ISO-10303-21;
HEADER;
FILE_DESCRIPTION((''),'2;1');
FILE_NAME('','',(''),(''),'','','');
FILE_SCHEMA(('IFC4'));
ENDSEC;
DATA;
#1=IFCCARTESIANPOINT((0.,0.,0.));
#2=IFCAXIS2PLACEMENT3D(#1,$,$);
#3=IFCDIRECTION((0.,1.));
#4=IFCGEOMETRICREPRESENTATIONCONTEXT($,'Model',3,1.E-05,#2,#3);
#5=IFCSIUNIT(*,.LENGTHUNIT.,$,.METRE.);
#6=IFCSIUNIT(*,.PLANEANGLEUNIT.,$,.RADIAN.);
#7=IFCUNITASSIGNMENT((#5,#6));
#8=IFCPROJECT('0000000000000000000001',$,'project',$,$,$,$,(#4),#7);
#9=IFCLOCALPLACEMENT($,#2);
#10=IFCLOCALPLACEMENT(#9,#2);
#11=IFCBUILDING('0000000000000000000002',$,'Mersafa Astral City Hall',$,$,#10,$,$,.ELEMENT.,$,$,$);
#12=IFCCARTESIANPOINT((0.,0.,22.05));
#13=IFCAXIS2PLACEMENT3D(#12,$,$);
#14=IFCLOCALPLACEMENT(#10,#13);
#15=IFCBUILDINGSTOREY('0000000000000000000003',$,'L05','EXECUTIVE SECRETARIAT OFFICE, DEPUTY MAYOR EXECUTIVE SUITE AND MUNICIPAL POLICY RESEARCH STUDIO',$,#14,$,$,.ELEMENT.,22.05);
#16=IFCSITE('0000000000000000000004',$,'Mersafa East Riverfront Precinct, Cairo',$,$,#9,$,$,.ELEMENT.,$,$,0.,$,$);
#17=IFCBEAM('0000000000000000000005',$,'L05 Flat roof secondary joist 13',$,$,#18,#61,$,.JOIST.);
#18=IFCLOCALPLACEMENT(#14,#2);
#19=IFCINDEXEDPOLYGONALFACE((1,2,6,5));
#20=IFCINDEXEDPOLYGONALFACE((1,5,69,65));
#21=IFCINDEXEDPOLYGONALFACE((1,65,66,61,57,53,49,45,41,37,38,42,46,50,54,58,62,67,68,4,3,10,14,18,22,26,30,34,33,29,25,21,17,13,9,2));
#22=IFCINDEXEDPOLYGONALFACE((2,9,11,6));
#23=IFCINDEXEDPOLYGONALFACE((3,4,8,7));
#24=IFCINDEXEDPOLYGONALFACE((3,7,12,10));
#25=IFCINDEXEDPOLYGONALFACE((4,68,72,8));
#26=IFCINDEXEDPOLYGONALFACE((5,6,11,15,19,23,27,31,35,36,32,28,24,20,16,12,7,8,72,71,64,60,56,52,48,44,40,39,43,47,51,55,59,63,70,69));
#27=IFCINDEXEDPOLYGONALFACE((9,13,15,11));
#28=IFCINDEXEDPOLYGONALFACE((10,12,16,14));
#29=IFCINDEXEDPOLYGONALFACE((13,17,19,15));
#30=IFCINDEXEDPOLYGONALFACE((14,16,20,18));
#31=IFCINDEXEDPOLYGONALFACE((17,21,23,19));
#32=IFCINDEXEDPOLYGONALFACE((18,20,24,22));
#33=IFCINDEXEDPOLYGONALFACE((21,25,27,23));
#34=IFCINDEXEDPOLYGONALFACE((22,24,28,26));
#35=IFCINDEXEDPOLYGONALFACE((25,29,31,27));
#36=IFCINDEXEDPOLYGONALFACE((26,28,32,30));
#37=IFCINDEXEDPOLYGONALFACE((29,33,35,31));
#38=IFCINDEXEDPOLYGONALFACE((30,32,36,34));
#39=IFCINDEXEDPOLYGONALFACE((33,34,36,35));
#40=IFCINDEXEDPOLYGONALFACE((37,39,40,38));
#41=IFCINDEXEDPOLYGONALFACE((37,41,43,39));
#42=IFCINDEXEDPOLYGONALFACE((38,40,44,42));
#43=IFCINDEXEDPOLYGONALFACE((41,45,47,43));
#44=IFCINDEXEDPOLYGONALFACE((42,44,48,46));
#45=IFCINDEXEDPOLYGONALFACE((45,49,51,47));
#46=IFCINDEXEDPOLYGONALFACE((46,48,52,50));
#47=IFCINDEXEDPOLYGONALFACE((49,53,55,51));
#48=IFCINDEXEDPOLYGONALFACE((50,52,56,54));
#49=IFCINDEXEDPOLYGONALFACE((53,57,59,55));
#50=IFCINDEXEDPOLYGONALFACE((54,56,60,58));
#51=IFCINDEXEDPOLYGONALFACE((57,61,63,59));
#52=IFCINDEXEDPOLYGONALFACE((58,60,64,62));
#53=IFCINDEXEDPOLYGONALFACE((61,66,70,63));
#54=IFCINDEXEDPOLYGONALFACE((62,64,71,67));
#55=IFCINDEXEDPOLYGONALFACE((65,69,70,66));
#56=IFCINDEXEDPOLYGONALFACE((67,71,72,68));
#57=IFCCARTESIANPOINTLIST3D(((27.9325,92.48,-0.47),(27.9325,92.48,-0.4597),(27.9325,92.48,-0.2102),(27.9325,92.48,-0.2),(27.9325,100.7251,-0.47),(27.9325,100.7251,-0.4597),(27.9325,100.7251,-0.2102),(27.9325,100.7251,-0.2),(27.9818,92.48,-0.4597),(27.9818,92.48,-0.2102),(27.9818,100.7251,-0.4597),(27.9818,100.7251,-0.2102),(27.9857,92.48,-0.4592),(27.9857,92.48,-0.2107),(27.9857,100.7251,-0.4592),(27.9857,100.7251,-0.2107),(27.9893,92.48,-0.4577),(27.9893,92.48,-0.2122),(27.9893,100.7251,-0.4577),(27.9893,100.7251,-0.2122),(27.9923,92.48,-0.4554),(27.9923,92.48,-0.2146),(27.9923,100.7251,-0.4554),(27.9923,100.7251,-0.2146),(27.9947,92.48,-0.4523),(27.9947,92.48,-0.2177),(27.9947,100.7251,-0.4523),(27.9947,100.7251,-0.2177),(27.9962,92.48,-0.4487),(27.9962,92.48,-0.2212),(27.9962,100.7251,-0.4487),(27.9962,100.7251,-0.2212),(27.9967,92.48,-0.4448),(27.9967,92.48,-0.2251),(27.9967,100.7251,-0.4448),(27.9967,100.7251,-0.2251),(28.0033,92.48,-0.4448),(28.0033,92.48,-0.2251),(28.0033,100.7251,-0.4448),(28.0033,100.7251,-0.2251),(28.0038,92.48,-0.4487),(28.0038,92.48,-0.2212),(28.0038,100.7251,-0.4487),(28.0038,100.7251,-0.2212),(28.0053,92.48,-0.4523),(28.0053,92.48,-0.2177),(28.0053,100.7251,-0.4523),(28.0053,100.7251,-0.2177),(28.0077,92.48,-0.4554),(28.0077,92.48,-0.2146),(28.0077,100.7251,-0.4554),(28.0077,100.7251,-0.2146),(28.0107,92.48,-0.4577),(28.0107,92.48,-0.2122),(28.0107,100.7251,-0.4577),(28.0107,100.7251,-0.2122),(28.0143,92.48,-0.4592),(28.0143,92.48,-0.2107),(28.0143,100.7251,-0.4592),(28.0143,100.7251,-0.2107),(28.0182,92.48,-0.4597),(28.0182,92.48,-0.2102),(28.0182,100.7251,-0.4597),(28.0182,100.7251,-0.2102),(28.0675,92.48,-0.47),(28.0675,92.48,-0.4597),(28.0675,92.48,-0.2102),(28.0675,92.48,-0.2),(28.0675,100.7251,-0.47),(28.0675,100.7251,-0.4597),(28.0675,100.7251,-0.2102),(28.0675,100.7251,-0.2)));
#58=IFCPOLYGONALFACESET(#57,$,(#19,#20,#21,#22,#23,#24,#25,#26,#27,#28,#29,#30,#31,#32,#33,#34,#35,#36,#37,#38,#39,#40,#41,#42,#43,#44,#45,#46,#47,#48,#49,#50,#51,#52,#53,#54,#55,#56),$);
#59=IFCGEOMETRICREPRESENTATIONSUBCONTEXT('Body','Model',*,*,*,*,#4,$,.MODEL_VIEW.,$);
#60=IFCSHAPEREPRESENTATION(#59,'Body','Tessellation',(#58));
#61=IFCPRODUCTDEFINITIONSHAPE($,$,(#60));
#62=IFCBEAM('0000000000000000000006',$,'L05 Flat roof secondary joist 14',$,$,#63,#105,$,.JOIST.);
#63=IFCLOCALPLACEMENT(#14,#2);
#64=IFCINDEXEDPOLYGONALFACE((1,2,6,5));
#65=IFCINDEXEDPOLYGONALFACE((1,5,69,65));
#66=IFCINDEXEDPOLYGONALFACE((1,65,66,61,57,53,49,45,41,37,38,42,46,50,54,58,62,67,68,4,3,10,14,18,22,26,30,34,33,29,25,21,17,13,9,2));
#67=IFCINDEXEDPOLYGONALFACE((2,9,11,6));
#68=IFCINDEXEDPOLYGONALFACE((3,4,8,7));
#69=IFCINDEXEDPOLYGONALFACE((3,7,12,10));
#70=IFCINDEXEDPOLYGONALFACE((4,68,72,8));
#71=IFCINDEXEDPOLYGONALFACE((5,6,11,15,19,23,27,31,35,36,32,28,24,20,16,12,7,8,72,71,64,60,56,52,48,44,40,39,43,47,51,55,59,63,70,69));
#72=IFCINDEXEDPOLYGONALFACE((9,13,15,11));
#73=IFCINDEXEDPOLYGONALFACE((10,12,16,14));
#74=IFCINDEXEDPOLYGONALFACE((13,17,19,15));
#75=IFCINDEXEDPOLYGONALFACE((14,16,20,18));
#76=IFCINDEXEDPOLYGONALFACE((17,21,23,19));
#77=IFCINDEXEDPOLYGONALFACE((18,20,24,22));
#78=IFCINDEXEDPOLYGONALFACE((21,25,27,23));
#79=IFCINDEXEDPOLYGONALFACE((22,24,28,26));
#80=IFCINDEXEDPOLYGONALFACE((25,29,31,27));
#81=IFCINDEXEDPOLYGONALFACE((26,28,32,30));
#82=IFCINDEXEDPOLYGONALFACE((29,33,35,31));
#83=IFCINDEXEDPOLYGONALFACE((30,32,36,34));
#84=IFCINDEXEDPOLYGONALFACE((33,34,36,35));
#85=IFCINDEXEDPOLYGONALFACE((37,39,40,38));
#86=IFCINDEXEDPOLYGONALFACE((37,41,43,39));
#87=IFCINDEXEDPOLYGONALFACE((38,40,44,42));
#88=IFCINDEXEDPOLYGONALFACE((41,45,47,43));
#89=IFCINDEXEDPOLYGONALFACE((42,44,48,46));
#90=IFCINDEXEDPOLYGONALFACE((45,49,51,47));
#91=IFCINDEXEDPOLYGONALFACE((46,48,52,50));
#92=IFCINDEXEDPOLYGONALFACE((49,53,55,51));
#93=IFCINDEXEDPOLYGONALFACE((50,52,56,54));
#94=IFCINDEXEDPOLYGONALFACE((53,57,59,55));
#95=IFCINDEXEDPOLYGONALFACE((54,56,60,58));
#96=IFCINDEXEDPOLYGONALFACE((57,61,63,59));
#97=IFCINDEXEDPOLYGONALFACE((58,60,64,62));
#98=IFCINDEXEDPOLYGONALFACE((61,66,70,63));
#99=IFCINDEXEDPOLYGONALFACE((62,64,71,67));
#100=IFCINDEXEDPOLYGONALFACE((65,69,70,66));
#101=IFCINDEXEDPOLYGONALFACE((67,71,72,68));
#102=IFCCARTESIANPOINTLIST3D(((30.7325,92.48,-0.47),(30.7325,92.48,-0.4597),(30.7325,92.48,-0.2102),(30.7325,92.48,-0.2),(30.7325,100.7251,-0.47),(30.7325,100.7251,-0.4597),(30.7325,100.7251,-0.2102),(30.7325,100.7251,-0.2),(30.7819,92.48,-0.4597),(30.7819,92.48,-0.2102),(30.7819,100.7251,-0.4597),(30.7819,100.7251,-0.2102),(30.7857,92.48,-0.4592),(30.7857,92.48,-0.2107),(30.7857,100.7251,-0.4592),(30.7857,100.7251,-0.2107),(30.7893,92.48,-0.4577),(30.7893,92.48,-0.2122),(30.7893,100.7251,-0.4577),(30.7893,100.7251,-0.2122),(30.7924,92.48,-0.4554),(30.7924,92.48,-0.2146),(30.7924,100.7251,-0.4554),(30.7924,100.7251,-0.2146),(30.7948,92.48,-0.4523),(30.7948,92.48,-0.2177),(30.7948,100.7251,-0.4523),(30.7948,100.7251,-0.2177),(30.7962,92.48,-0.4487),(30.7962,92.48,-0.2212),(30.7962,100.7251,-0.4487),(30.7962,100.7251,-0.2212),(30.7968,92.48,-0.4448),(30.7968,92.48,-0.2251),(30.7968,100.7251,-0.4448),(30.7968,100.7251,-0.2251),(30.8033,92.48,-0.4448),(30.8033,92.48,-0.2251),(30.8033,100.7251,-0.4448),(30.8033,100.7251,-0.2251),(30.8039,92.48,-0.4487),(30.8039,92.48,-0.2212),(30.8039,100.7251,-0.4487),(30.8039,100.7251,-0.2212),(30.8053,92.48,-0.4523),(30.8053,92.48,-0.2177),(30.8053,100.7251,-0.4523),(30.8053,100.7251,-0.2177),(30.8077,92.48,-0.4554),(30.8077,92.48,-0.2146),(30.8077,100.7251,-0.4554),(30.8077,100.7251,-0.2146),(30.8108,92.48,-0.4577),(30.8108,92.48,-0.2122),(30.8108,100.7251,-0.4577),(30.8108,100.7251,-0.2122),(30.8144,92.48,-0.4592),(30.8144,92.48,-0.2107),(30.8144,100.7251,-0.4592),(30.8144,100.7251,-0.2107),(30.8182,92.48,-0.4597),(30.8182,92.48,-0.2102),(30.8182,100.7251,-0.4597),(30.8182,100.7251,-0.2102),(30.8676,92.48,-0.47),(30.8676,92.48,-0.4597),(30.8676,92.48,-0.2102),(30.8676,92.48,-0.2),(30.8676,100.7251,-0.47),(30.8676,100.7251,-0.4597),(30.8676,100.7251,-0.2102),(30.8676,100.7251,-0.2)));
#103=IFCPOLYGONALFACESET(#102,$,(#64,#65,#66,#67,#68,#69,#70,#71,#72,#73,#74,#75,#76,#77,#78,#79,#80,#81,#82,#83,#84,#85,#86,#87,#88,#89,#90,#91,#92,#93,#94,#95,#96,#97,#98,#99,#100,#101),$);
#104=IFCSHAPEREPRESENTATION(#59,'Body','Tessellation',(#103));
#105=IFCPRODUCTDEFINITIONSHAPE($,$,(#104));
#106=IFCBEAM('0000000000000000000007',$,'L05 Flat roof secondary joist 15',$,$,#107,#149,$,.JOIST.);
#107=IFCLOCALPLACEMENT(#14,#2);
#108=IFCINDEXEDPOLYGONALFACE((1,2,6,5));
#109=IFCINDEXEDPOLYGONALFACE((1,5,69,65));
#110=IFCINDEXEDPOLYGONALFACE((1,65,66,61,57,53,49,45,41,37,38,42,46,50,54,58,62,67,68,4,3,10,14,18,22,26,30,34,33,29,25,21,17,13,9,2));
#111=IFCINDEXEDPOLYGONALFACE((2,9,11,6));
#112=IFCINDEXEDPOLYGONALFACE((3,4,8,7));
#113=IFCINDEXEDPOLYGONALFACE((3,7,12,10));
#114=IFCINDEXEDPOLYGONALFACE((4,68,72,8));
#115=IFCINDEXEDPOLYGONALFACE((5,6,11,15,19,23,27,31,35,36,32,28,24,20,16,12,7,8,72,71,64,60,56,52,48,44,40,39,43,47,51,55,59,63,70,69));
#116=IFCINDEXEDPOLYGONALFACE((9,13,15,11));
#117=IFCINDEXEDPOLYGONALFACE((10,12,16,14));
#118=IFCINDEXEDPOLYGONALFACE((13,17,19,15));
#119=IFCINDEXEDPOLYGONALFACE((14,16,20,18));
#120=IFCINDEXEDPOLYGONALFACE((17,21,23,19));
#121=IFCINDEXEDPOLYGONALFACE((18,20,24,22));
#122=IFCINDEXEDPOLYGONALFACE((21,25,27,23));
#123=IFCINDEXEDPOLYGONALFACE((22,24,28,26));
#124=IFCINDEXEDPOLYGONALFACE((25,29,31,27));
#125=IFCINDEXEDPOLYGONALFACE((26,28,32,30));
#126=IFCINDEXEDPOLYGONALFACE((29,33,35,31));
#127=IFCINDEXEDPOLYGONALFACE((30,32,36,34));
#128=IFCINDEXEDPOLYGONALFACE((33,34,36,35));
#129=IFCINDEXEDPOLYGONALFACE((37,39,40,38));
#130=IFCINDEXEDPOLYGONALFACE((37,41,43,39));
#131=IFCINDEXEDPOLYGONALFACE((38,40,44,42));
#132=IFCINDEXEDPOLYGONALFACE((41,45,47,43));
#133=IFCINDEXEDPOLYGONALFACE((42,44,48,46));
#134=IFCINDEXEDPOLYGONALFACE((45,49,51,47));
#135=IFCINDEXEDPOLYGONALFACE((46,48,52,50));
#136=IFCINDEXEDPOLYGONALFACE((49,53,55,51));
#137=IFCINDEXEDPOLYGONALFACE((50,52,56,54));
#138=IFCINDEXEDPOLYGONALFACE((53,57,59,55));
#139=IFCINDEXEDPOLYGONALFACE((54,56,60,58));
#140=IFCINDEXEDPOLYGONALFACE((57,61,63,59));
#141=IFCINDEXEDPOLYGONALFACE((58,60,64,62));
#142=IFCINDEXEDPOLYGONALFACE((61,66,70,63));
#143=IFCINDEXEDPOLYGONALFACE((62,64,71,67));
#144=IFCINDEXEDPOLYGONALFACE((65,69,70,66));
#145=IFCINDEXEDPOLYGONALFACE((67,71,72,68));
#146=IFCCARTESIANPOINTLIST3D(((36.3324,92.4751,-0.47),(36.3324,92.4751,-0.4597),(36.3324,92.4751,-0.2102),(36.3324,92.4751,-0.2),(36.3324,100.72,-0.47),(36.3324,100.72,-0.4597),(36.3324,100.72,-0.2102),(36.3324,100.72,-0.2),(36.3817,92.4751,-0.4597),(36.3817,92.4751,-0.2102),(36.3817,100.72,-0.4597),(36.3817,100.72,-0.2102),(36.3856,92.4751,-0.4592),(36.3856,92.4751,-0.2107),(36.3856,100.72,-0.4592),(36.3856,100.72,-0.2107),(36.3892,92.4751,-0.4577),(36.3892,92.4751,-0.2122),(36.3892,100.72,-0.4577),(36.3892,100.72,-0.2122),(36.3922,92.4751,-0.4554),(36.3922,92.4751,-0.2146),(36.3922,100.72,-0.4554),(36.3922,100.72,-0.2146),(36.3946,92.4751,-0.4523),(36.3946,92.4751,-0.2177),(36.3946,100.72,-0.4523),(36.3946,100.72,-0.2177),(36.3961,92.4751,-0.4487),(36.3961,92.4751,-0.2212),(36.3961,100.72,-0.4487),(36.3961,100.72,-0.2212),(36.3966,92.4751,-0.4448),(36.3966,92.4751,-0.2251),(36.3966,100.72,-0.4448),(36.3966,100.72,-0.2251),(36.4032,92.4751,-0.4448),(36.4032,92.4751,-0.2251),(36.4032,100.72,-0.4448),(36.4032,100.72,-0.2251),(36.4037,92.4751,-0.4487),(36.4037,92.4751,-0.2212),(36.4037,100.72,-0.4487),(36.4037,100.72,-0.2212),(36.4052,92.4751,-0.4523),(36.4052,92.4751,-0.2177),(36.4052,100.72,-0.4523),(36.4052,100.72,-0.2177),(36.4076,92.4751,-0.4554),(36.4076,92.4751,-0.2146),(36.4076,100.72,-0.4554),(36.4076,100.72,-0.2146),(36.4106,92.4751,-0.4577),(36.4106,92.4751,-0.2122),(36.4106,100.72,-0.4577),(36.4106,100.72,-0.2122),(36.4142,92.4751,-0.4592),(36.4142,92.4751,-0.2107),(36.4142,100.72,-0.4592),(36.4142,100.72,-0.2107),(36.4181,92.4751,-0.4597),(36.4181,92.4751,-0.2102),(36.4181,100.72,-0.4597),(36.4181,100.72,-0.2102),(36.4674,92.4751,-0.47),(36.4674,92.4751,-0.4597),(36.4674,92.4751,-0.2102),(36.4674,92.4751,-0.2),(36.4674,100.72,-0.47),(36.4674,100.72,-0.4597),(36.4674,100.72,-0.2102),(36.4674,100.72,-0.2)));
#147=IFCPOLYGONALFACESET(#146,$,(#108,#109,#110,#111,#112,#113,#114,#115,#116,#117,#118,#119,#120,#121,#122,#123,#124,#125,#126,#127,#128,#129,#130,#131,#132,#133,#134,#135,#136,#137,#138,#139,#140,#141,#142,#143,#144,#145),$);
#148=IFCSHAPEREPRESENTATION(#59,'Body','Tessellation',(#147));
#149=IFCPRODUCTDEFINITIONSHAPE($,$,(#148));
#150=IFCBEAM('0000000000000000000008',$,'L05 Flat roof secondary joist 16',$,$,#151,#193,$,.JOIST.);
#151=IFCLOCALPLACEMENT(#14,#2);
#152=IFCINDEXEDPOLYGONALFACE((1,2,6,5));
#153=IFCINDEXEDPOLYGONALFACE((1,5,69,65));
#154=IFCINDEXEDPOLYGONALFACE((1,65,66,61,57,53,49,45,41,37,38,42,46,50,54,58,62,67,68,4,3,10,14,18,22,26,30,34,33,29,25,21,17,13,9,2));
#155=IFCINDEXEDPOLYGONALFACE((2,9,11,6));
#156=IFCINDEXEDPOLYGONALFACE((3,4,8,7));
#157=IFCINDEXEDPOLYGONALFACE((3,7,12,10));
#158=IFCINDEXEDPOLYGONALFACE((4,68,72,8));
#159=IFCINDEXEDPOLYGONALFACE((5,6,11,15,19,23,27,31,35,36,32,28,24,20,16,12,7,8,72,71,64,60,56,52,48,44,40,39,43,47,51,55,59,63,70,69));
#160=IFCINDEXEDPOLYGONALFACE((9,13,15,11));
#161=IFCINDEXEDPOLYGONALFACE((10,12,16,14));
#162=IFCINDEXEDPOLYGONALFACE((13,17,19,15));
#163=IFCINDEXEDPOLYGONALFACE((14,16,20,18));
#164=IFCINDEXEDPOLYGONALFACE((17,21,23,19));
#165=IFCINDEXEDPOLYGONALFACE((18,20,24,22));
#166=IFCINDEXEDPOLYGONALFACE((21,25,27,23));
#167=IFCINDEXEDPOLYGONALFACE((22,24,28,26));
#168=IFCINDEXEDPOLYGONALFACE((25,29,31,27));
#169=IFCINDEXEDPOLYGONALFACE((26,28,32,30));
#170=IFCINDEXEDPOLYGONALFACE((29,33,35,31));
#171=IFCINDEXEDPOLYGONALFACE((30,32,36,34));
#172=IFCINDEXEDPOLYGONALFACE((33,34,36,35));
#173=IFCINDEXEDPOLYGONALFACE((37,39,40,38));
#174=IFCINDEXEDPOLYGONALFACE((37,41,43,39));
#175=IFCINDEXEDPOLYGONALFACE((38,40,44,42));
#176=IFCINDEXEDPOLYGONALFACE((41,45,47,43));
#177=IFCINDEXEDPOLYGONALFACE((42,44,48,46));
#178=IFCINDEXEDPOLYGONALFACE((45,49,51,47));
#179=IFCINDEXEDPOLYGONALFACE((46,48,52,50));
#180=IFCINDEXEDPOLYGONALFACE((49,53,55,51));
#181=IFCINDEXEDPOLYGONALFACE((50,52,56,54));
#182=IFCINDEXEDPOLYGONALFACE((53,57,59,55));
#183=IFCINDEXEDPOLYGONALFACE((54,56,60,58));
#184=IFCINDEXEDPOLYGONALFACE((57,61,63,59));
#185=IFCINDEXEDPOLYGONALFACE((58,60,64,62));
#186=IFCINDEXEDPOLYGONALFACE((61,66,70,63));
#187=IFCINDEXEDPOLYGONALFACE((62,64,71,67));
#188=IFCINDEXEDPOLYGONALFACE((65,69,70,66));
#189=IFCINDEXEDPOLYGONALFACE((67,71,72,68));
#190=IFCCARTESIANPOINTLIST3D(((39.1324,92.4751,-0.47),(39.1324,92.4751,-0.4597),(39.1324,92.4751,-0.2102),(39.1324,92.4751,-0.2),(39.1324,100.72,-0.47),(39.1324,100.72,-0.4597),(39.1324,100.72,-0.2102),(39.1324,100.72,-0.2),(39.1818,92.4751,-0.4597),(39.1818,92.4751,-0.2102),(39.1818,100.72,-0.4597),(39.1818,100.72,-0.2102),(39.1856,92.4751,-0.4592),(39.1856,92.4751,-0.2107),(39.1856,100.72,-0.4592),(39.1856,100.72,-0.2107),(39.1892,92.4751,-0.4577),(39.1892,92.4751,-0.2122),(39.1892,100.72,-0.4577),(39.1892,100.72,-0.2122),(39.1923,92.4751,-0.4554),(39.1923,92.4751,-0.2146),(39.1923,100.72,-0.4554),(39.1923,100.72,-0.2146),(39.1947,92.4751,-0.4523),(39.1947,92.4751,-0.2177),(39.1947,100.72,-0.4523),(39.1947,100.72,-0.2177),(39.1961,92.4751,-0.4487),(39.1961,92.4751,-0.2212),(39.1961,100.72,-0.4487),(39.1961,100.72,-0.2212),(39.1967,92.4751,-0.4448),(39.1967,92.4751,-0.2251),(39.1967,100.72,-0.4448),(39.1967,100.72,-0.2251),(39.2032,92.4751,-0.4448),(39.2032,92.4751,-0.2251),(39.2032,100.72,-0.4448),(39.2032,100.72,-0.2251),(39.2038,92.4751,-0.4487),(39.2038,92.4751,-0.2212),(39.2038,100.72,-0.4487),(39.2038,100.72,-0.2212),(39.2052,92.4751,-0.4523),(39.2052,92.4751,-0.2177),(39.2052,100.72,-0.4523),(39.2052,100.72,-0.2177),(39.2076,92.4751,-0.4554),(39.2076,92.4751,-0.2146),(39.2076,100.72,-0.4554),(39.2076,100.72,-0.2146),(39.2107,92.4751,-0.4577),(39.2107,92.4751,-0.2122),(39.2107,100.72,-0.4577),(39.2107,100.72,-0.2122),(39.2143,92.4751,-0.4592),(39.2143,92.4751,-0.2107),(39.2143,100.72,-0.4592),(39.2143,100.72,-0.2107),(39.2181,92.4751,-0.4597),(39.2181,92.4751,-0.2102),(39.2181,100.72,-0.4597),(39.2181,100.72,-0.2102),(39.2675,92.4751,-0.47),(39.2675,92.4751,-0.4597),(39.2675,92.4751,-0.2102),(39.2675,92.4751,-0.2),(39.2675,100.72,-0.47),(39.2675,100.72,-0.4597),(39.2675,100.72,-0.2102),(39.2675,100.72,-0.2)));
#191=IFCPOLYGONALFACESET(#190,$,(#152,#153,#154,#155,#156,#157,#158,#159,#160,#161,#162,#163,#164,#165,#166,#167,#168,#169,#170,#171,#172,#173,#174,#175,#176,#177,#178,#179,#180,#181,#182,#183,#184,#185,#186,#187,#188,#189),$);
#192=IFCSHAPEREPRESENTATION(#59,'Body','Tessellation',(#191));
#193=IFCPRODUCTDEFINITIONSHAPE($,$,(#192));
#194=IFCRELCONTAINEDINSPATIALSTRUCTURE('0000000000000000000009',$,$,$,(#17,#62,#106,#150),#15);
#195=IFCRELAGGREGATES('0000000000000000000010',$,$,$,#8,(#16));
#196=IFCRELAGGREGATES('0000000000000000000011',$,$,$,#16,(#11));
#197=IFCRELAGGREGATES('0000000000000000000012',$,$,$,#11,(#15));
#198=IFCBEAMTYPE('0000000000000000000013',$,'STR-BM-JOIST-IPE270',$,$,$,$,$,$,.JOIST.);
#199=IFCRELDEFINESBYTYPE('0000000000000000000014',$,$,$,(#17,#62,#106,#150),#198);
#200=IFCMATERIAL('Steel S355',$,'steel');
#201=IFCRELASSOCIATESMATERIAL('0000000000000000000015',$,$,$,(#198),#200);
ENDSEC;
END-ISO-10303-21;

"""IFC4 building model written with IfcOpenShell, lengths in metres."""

from ifc_helpers import new_model, si_unit, direction, frame, origin, origin_2d, place, context, subcontext, project, spatial, i_section, extrude, material, material_profile, profile_set, type_object, element, save


model = new_model("IFC4")

# Units and contexts
model_context = context("Model", 3, precision=1e-05, world=origin(), true_north=direction((0.0, 1.0)))
body_context = subcontext(model_context, "Body", "Model", "MODEL_VIEW")
ifc_project = project(units=[si_unit("LENGTHUNIT", "METRE"), si_unit("PLANEANGLEUNIT", "RADIAN")], contexts=[model_context])

# Site, building, storey
site_placement = place(None, origin())
site = spatial("IfcSite", under=ifc_project, at=site_placement, Name="Mersafa East Riverfront Precinct, Cairo", CompositionType="ELEMENT", RefElevation=0.0)
building_placement = place(site_placement, origin())
building = spatial("IfcBuilding", under=site, at=building_placement, Name="Mersafa Astral City Hall", CompositionType="ELEMENT")
storey_placement = place(building_placement, frame((0.0, 0.0, 22.05)))
storey = spatial("IfcBuildingStorey", under=building, at=storey_placement, Name="L05", Description="EXECUTIVE SECRETARIAT OFFICE, DEPUTY MAYOR EXECUTIVE SUITE AND MUNICIPAL POLICY RESEARCH STUDIO", CompositionType="ELEMENT", Elevation=22.05)

# Beams
ifc_material = material(Name="Steel S355", Category="steel")
ifc_material_profile_1 = material_profile(ifc_material, i_section(OverallWidth=0.135, OverallDepth=0.27, WebThickness=0.0066, FlangeThickness=0.0103, FilletRadius=0.0149, at=origin_2d()), Name="IPE 270")
ifc_profile_set_1 = profile_set([ifc_material_profile_1], Name="Steel S355")
beam_type_1 = type_object("IfcBeamType", Name="STR-BM-JOIST-IPE270", PredefinedType="JOIST", material=ifc_profile_set_1)
for number, where, z_axis, x_axis, name in (
    (1, (28.0, 92.48, -0.335), (0.0, 1.0, 0.0), (-1.0, 0.0, 0.0), "L05 Flat roof secondary joist 13"),
    (2, (30.8, 92.48, -0.335), (0.0, 1.0, 0.0), (-1.0, 0.0, 0.0), "L05 Flat roof secondary joist 14"),
):
    element("IfcBeam", number, at=place(storey_placement, frame(where, z_axis=z_axis, x_axis=x_axis)), inside=storey, type_object=beam_type_1, Name=name, PredefinedType="JOIST", context=body_context, shape_type="SweptSolid", body=[
        extrude(i_section(OverallWidth=0.135, OverallDepth=0.27, WebThickness=0.0066, FlangeThickness=0.0103, FilletRadius=0.0149, at=origin_2d()), origin(), (0.0, 0.0, 1.0), 8.2451),
    ])
for number, where, z_axis, x_axis, name in (
    (3, (36.3999, 92.4751, -0.335), (0.0, 1.0, 0.0), (-1.0, 0.0, 0.0), "L05 Flat roof secondary joist 15"),
    (4, (39.2, 92.4751, -0.335), (0.0, 1.0, 0.0), (-1.0, 0.0, 0.0), "L05 Flat roof secondary joist 16"),
):
    element("IfcBeam", number, at=place(storey_placement, frame(where, z_axis=z_axis, x_axis=x_axis)), inside=storey, type_object=beam_type_1, Name=name, PredefinedType="JOIST", context=body_context, shape_type="SweptSolid", body=[
        extrude(i_section(OverallWidth=0.135, OverallDepth=0.27, WebThickness=0.0066, FlangeThickness=0.0103, FilletRadius=0.0149, at=origin_2d()), origin(), (0.0, 0.0, 1.0), 8.2449),
    ])

save(model, "model.ifc")
